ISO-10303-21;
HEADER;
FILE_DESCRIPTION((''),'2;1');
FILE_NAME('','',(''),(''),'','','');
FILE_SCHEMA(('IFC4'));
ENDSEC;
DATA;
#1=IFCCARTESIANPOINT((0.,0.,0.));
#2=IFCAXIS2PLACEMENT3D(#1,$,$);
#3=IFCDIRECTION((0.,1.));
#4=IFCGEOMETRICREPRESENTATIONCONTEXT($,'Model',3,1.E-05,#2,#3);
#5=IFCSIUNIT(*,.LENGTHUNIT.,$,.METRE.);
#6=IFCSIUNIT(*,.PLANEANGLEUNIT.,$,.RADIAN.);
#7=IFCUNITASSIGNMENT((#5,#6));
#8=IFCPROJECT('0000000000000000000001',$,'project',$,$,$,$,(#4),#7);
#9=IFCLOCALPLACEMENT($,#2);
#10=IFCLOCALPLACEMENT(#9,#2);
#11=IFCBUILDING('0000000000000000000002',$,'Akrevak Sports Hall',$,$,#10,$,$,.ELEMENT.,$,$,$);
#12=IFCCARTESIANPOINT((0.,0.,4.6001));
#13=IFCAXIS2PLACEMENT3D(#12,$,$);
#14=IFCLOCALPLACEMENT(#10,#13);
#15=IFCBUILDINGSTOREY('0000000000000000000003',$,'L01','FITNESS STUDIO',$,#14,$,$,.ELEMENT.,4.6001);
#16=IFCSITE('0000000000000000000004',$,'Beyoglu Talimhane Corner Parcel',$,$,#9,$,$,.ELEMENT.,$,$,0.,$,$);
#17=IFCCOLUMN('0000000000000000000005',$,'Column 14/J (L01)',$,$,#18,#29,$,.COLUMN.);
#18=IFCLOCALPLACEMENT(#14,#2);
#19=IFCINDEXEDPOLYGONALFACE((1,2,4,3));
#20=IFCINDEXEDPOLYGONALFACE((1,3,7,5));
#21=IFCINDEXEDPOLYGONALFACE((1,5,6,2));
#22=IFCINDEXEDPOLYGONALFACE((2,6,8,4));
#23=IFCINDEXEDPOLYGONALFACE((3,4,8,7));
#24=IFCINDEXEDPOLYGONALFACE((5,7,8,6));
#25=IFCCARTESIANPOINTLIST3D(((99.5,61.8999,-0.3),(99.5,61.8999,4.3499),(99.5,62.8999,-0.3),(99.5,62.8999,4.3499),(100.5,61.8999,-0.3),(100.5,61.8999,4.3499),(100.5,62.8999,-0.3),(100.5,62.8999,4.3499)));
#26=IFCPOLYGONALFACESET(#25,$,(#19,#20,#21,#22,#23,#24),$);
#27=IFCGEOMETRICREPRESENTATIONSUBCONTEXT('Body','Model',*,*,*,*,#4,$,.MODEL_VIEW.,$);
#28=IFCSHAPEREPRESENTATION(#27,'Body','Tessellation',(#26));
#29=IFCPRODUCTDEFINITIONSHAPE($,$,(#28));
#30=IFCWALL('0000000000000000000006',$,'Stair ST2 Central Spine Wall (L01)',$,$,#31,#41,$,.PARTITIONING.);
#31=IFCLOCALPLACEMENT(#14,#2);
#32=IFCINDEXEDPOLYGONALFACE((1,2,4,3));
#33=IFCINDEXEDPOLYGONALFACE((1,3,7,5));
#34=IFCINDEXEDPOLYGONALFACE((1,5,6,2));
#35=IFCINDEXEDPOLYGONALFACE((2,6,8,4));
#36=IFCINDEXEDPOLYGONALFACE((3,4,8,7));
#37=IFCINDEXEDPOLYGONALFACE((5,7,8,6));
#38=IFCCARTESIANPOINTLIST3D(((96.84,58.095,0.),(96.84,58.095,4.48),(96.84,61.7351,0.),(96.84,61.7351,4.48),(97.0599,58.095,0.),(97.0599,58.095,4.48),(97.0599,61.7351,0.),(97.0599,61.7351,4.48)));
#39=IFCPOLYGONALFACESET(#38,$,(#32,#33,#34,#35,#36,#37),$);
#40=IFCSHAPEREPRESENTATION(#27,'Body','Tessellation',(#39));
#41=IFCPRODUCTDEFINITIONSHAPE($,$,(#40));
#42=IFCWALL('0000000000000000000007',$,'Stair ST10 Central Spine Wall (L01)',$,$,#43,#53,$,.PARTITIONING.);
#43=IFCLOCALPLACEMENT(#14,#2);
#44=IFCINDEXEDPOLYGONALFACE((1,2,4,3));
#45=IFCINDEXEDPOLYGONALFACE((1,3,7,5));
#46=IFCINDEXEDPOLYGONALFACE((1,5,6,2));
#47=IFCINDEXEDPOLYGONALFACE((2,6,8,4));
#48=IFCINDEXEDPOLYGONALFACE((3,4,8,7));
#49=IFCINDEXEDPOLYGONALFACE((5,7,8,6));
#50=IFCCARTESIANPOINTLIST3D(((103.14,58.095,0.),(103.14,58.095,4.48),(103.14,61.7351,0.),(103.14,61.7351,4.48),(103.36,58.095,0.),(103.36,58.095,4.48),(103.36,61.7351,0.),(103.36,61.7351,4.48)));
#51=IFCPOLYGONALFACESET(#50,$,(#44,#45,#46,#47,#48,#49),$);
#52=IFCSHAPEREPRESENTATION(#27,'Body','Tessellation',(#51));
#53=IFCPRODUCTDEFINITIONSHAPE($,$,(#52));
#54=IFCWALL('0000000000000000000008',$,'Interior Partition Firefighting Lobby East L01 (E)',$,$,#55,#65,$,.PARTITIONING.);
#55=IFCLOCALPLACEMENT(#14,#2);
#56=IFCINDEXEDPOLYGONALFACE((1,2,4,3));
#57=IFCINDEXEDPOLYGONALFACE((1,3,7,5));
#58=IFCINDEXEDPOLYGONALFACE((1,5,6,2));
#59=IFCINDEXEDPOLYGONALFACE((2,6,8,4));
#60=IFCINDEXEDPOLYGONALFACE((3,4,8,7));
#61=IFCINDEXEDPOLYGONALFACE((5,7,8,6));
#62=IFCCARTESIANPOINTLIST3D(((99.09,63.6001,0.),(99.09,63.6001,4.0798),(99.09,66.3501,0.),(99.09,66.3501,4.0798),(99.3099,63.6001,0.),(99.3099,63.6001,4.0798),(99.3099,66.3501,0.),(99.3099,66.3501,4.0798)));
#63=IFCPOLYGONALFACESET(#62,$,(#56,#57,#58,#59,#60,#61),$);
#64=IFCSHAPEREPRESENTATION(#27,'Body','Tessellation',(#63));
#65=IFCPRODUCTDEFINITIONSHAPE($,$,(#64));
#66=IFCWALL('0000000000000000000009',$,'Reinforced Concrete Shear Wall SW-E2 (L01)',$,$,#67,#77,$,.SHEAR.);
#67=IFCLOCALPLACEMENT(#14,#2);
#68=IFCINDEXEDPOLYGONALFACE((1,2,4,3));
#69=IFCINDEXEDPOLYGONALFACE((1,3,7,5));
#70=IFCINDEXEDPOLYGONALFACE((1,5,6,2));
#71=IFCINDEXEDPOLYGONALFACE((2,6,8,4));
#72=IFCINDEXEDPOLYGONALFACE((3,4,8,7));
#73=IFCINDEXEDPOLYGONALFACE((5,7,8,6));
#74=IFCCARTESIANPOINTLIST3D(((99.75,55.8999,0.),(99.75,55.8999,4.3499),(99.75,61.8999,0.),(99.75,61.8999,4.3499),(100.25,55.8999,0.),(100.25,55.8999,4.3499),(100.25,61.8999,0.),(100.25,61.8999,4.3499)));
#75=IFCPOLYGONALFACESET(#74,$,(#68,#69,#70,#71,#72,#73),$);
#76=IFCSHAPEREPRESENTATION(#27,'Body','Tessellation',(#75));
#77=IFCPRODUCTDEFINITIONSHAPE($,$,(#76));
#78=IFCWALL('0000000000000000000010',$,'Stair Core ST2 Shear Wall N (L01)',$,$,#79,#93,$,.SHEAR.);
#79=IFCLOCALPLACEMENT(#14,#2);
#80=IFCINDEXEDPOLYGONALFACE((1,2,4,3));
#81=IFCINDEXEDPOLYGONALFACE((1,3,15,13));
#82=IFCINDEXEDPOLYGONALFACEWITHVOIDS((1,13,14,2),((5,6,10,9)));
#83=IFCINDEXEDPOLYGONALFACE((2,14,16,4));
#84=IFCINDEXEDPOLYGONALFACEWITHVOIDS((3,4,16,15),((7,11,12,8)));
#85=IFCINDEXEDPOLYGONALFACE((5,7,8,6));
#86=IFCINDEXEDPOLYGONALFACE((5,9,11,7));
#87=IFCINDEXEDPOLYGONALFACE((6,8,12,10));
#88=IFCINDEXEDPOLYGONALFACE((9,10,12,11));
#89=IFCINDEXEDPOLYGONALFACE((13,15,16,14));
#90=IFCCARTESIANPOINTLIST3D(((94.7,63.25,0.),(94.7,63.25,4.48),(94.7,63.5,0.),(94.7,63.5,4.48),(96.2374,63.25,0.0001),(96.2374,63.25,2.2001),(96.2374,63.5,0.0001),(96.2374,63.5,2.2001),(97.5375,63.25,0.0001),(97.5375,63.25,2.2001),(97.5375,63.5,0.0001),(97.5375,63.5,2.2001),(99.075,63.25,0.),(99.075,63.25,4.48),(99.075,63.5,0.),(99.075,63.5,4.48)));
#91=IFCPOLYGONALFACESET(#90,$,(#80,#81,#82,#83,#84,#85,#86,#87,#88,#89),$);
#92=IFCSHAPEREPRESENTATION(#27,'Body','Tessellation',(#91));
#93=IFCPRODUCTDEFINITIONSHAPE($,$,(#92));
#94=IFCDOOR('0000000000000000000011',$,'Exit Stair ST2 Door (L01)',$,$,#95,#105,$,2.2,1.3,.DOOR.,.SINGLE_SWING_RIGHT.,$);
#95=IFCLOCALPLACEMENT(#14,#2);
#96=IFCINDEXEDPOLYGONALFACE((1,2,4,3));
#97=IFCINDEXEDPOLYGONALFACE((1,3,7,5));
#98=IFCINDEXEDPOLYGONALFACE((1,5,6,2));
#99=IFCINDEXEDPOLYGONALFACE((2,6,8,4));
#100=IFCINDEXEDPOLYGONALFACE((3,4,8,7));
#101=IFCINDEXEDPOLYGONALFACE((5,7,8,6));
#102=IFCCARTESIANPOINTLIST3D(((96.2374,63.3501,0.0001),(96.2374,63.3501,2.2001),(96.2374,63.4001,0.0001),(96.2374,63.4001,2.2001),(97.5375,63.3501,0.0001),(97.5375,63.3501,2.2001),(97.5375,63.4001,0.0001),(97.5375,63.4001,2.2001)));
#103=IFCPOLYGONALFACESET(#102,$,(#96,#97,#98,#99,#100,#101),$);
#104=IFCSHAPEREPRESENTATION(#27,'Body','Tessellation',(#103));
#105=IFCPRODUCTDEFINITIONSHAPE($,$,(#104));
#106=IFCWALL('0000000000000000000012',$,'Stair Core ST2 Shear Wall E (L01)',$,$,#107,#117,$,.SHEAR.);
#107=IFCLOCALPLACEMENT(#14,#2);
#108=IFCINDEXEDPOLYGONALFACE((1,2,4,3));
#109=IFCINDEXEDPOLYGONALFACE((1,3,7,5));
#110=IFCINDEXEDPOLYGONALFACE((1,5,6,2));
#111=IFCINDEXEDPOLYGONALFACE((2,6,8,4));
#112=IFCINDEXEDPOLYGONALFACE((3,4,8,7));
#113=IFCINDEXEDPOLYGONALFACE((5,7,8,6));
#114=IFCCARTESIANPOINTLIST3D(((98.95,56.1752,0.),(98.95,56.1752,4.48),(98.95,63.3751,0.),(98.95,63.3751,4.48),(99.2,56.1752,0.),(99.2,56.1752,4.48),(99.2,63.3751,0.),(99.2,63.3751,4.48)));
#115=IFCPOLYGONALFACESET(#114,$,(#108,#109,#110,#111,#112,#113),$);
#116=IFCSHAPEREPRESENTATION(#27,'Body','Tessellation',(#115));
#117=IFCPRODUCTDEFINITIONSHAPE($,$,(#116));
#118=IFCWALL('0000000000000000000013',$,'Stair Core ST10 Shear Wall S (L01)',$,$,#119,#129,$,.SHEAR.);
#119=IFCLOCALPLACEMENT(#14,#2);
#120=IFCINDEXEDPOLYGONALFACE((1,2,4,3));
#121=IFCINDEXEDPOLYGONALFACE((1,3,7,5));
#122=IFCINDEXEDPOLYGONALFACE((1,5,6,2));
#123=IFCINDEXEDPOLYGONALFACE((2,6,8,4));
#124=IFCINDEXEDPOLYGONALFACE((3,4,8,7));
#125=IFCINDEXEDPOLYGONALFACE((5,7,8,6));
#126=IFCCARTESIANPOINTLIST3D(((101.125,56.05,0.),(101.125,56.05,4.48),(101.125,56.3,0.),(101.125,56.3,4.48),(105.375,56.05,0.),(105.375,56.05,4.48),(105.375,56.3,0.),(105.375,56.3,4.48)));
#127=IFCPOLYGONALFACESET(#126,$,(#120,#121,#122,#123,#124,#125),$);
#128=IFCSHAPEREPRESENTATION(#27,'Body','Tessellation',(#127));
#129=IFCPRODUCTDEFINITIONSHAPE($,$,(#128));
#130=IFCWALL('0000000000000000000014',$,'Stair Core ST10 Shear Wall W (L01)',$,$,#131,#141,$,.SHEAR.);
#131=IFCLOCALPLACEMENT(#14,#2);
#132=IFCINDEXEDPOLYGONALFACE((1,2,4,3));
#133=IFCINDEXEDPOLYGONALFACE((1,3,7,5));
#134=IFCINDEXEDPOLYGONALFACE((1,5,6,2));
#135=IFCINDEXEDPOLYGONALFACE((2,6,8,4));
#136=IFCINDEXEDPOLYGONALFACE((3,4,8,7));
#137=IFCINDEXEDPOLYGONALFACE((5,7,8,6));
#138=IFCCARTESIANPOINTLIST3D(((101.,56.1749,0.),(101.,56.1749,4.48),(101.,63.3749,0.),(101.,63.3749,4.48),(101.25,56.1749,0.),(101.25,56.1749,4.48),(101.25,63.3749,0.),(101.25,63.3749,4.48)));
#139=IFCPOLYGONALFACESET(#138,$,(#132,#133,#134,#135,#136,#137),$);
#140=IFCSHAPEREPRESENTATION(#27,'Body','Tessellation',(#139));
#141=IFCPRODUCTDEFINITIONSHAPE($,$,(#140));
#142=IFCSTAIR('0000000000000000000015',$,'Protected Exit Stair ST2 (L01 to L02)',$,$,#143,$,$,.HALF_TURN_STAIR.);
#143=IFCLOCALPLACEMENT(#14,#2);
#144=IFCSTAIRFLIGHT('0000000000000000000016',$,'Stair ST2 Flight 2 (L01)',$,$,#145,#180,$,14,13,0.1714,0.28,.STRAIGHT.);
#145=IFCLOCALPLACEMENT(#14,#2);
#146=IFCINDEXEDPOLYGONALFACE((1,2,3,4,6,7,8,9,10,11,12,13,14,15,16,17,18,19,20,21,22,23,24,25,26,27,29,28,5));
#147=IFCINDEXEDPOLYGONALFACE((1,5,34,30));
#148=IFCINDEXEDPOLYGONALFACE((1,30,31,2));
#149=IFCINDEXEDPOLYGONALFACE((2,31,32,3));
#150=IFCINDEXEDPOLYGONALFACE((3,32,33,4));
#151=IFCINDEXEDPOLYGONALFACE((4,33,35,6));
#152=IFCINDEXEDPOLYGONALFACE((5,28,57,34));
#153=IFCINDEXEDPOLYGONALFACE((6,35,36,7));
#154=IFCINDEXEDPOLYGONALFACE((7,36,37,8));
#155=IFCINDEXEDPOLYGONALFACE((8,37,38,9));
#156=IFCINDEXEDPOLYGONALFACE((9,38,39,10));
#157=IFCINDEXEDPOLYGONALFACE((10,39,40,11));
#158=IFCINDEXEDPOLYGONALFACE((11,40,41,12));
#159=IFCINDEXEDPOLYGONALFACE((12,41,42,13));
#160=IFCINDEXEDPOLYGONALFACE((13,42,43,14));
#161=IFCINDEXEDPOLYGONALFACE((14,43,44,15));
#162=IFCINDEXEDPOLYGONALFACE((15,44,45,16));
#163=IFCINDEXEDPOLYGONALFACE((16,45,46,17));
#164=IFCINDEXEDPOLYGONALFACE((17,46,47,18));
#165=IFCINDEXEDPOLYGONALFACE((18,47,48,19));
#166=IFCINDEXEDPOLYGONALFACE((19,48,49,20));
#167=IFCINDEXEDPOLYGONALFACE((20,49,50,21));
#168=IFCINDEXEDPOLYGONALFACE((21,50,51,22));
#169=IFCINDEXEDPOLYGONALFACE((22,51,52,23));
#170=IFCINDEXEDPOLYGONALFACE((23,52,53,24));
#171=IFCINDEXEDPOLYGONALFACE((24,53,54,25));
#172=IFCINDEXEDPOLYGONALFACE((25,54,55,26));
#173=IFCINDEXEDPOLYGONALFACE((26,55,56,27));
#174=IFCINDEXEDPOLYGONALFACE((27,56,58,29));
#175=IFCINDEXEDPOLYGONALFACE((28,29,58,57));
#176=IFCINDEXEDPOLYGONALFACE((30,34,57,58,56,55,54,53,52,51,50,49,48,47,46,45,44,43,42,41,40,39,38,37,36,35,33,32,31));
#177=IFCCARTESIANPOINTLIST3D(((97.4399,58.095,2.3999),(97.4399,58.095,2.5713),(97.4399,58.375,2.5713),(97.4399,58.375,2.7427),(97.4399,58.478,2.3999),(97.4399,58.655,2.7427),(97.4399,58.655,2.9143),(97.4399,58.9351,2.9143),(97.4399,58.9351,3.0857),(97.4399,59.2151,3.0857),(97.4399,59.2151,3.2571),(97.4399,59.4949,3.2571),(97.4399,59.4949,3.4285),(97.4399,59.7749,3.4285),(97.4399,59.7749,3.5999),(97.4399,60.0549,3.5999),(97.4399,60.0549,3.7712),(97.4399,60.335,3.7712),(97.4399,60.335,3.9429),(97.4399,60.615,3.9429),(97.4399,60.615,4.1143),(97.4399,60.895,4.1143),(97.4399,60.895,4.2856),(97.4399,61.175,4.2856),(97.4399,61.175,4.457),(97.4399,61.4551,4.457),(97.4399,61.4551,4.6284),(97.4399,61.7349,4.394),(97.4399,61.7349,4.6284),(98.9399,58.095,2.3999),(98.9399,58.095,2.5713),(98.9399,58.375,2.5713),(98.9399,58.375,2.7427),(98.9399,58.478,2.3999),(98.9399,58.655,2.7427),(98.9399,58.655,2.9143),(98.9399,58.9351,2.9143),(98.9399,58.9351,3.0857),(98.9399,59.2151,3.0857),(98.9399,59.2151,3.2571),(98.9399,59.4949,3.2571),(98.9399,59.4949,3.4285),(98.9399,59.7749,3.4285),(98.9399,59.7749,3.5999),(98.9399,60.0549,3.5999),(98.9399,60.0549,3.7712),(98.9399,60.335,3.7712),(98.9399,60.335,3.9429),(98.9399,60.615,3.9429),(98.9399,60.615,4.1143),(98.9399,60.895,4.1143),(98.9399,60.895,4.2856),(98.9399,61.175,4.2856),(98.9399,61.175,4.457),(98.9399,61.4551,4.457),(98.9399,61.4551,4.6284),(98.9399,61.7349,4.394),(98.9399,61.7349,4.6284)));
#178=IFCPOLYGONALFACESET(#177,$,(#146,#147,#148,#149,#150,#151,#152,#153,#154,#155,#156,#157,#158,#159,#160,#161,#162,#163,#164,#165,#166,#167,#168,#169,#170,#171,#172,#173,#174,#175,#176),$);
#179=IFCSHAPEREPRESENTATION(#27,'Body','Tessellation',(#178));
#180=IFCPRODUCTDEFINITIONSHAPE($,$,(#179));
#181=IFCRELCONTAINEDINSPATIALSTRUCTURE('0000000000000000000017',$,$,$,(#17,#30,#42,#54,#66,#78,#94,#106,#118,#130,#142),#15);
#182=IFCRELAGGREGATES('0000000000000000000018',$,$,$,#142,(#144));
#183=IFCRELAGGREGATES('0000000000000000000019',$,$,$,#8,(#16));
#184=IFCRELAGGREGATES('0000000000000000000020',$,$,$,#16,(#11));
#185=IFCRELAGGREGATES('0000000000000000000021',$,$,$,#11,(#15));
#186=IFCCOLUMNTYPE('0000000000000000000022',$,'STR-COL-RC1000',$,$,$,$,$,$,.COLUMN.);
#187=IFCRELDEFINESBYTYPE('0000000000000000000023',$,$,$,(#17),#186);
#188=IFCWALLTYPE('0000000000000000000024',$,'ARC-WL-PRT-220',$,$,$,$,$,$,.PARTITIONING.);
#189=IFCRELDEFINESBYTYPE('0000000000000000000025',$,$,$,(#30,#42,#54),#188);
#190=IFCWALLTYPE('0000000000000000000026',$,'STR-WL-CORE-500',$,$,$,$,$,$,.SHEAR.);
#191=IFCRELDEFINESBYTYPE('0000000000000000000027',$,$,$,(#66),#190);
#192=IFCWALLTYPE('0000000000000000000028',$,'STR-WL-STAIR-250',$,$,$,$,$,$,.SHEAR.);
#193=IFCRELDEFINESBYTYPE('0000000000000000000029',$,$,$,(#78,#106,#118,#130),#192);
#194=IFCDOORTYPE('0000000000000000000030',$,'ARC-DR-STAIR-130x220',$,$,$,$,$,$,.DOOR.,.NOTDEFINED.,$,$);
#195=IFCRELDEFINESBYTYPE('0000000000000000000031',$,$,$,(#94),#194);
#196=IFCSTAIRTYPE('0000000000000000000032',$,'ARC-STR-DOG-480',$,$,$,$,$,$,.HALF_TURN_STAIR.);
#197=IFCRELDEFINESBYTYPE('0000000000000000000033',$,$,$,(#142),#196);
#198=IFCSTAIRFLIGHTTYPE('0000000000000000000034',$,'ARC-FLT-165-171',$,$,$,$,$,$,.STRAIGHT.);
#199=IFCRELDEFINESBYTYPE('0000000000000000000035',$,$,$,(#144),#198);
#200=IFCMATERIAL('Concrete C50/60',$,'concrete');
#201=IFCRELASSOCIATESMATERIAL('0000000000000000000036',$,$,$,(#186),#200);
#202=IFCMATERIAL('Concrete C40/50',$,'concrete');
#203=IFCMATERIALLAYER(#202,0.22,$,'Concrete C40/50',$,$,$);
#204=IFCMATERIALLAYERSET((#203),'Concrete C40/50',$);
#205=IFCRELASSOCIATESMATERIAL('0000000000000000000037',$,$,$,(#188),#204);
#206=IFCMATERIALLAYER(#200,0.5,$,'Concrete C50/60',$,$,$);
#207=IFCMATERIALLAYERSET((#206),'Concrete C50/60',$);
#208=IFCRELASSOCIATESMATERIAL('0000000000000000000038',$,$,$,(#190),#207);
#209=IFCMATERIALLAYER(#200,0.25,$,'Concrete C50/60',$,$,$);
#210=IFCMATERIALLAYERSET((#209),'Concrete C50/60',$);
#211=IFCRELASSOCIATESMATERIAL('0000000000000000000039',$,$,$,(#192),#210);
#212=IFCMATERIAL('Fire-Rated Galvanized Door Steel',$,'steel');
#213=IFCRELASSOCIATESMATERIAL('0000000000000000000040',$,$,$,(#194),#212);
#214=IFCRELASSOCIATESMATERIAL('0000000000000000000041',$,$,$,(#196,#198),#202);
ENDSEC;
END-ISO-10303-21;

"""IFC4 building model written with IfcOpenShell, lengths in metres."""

from ifc_helpers import new_model, si_unit, direction, frame, frame_2d, origin, origin_2d, place, context, subcontext, project, spatial, polyline, rectangle, outline, extrude, material, layer, layer_set, material_profile, profile_set, type_object, element, fill, aggregate, save


model = new_model("IFC4")

# Units and contexts
model_context = context("Model", 3, precision=1e-05, world=origin(), true_north=direction((0.0, 1.0)))
body_context = subcontext(model_context, "Body", "Model", "MODEL_VIEW")
ifc_project = project(units=[si_unit("LENGTHUNIT", "METRE"), si_unit("PLANEANGLEUNIT", "RADIAN")], contexts=[model_context])

# Site, building, storey
site_placement = place(None, origin())
site = spatial("IfcSite", under=ifc_project, at=site_placement, Name="Beyoglu Talimhane Corner Parcel", CompositionType="ELEMENT", RefElevation=0.0)
building_placement = place(site_placement, origin())
building = spatial("IfcBuilding", under=site, at=building_placement, Name="Akrevak Sports Hall", CompositionType="ELEMENT")
storey_placement = place(building_placement, frame((0.0, 0.0, 4.6001)))
storey = spatial("IfcBuildingStorey", under=building, at=storey_placement, Name="L01", Description="FITNESS STUDIO", CompositionType="ELEMENT", Elevation=4.6001)

# Column
ifc_material_1 = material(Name="Concrete C50/60", Category="concrete")
ifc_material_profile = material_profile(ifc_material_1, rectangle(XDim=1.0, YDim=1.0, at=origin_2d()), Name="RC 1000x1000", Category="concrete")
ifc_profile_set = profile_set([ifc_material_profile], Name="Concrete C50/60")
column_type = type_object("IfcColumnType", Name="STR-COL-RC1000", PredefinedType="COLUMN", material=ifc_profile_set)
column_placement = place(storey_placement, frame((100.0, 62.3999, -0.3), z_axis=(0.0, 0.0, 1.0), x_axis=(1.0, 0.0, 0.0)))
element("IfcColumn", 1, at=column_placement, inside=storey, type_object=column_type, Name="Column 14/J (L01)", PredefinedType="COLUMN", context=body_context, shape_type="SweptSolid", body=[
    extrude(rectangle(XDim=1.0, YDim=1.0, at=origin_2d()), origin(), (0.0, 0.0, 1.0), 4.6499),
])

# Walls
ifc_material_2 = material(Name="Concrete C40/50", Category="concrete")
ifc_layer_1 = layer(ifc_material_2, 0.22, Name="Concrete C40/50")
ifc_layer_set_1 = layer_set([ifc_layer_1], Name="Concrete C40/50")
wall_type_1 = type_object("IfcWallType", Name="ARC-WL-PRT-220", PredefinedType="PARTITIONING", material=ifc_layer_set_1)
for number, where, z_axis, x_axis, name in (
    (2, (96.95, 58.095, 0.0), (0.0, 0.0, 1.0), (0.0, 1.0, 0.0), "Stair ST2 Central Spine Wall (L01)"),
    (3, (103.25, 58.095, 0.0), (0.0, 0.0, 1.0), (0.0, 1.0, 0.0), "Stair ST10 Central Spine Wall (L01)"),
):
    element("IfcWall", number, at=place(storey_placement, frame(where, z_axis=z_axis, x_axis=x_axis)), inside=storey, type_object=wall_type_1, Name=name, PredefinedType="PARTITIONING", context=body_context, shape_type="SweptSolid", body=[
        extrude(rectangle(XDim=3.6401, YDim=0.22, at=frame_2d((1.8201, 0.0))), origin(), (0.0, 0.0, 1.0), 4.48),
    ])
wall_1_placement = place(storey_placement, frame((99.2, 63.6001, 0.0), z_axis=(0.0, 0.0, 1.0), x_axis=(0.0, 1.0, 0.0)))
element("IfcWall", 4, at=wall_1_placement, inside=storey, type_object=wall_type_1, Name="Interior Partition Firefighting Lobby East L01 (E)", PredefinedType="PARTITIONING", context=body_context, shape_type="SweptSolid", body=[
    extrude(rectangle(XDim=2.75, YDim=0.22, at=frame_2d((1.375, 0.0))), origin(), (0.0, 0.0, 1.0), 4.0798),
])
ifc_layer_2 = layer(ifc_material_1, 0.5, Name="Concrete C50/60")
ifc_layer_set_2 = layer_set([ifc_layer_2], Name="Concrete C50/60")
wall_type_2 = type_object("IfcWallType", Name="STR-WL-CORE-500", PredefinedType="SHEAR", material=ifc_layer_set_2)
wall_2_placement = place(storey_placement, frame((100.0, 55.8999, 0.0), z_axis=(0.0, 0.0, 1.0), x_axis=(0.0, 1.0, 0.0)))
element("IfcWall", 5, at=wall_2_placement, inside=storey, type_object=wall_type_2, Name="Reinforced Concrete Shear Wall SW-E2 (L01)", PredefinedType="SHEAR", context=body_context, shape_type="SweptSolid", body=[
    extrude(rectangle(XDim=6.0, YDim=0.5, at=frame_2d((3.0, 0.0))), origin(), (0.0, 0.0, 1.0), 4.3499),
])

# Wall, opening, door
ifc_layer_3 = layer(ifc_material_1, 0.25, Name="Concrete C50/60")
ifc_layer_set_3 = layer_set([ifc_layer_3], Name="Concrete C50/60")
wall_type_3 = type_object("IfcWallType", Name="STR-WL-STAIR-250", PredefinedType="SHEAR", material=ifc_layer_set_3)
wall_3_placement = place(storey_placement, frame((99.075, 63.375, 0.0), z_axis=(0.0, 0.0, 1.0), x_axis=(-1.0, 0.0, 0.0)))
wall_3 = element("IfcWall", 6, at=wall_3_placement, inside=storey, type_object=wall_type_3, Name="Stair Core ST2 Shear Wall N (L01)", PredefinedType="SHEAR", context=body_context, shape_type="SweptSolid", body=[
    extrude(rectangle(XDim=4.375, YDim=0.25, at=frame_2d((2.1875, 0.0))), origin(), (0.0, 0.0, 1.0), 4.48),
])
opening_placement = place(wall_3_placement, frame((1.5376, 0.0, 0.0)))
opening = element("IfcOpeningElement", 7, at=opening_placement, cuts=wall_3, PredefinedType="OPENING", context=body_context, shape_type="SweptSolid", body=[
    extrude(rectangle(XDim=1.3, YDim=2.2, at=frame_2d((0.6499, 1.1001))), frame((0.0, 0.137, 0.0), z_axis=(0.0, -1.0, 0.0), x_axis=(1.0, 0.0, 0.0)), (0.0, 0.0, 1.0), 0.2739),
])
ifc_material_3 = material(Name="Fire-Rated Galvanized Door Steel", Category="steel")
door_type = type_object("IfcDoorType", Name="ARC-DR-STAIR-130x220", OperationType="NOTDEFINED", PredefinedType="DOOR", material=ifc_material_3)
door_placement = place(opening_placement, origin())
door = element("IfcDoor", 8, at=door_placement, inside=storey, type_object=door_type, Name="Exit Stair ST2 Door (L01)", OperationType="SINGLE_SWING_RIGHT", OverallHeight=2.2, OverallWidth=1.3, PredefinedType="DOOR", context=body_context, shape_type="SweptSolid", body=[
    extrude(rectangle(XDim=1.3, YDim=2.2, at=frame_2d((0.6499, 1.1001))), frame((0.0, 0.0249, 0.0), z_axis=(0.0, -1.0, 0.0), x_axis=(1.0, 0.0, 0.0)), (0.0, 0.0, 1.0), 0.05),
])
fill(opening, door)

# Walls
wall_4_placement = place(storey_placement, frame((99.075, 56.175, 0.0), z_axis=(0.0, 0.0, 1.0), x_axis=(0.0, 1.0, 0.0)))
element("IfcWall", 9, at=wall_4_placement, inside=storey, type_object=wall_type_3, Name="Stair Core ST2 Shear Wall E (L01)", PredefinedType="SHEAR", context=body_context, shape_type="SweptSolid", body=[
    extrude(rectangle(XDim=7.2, YDim=0.25, at=frame_2d((3.6001, 0.0))), origin(), (0.0, 0.0, 1.0), 4.48),
])
wall_5_placement = place(storey_placement, frame((101.125, 56.175, 0.0), z_axis=(0.0, 0.0, 1.0), x_axis=(1.0, 0.0, 0.0)))
element("IfcWall", 10, at=wall_5_placement, inside=storey, type_object=wall_type_3, Name="Stair Core ST10 Shear Wall S (L01)", PredefinedType="SHEAR", context=body_context, shape_type="SweptSolid", body=[
    extrude(rectangle(XDim=4.25, YDim=0.25, at=frame_2d((2.125, 0.0))), origin(), (0.0, 0.0, 1.0), 4.48),
])
wall_6_placement = place(storey_placement, frame((101.125, 63.375, 0.0), z_axis=(0.0, 0.0, 1.0), x_axis=(0.0, -1.0, 0.0)))
element("IfcWall", 11, at=wall_6_placement, inside=storey, type_object=wall_type_3, Name="Stair Core ST10 Shear Wall W (L01)", PredefinedType="SHEAR", context=body_context, shape_type="SweptSolid", body=[
    extrude(rectangle(XDim=7.2, YDim=0.25, at=frame_2d((3.6001, 0.0))), origin(), (0.0, 0.0, 1.0), 4.48),
])

# Stair, stair flight
stair_type = type_object("IfcStairType", Name="ARC-STR-DOG-480", PredefinedType="HALF_TURN_STAIR", material=ifc_material_2)
stair_1_placement = place(storey_placement, origin())
stair_1 = element("IfcStair", 12, at=stair_1_placement, inside=storey, type_object=stair_type, Name="Protected Exit Stair ST2 (L01 to L02)", PredefinedType="HALF_TURN_STAIR")
stair_flight_type = type_object("IfcStairFlightType", Name="ARC-FLT-165-171", PredefinedType="STRAIGHT", material=ifc_material_2)
stair_flight_1_placement = place(storey_placement, frame((98.1899, 58.095, 2.3999), z_axis=(0.0, 0.0, 1.0), x_axis=(0.0, 1.0, 0.0)))
stair_flight_1 = element("IfcStairFlight", 13, at=stair_flight_1_placement, type_object=stair_flight_type, Name="Stair ST2 Flight 2 (L01)", NumberOfRisers=14, NumberOfTreads=13, PredefinedType="STRAIGHT", RiserHeight=0.1714, TreadLength=0.28, context=body_context, shape_type="SweptSolid", body=[
    extrude(outline(polyline([(0.0, 0.0), (0.0, 0.1714), (0.28, 0.1714), (0.28, 0.3428), (0.5601, 0.3428), (0.5601, 0.5144), (0.8401, 0.5144), (0.8401, 0.6858), (1.1201, 0.6858), (1.1201, 0.8572), (1.3999, 0.8572), (1.3999, 1.0286), (1.6799, 1.0286), (1.6799, 1.2), (1.96, 1.2), (1.96, 1.3713), (2.24, 1.3713), (2.24, 1.543), (2.52, 1.543), (2.52, 1.7144), (2.8, 1.7144), (2.8, 1.8857), (3.0801, 1.8857), (3.0801, 2.0571), (3.3601, 2.0571), (3.3601, 2.2285), (3.6399, 2.2285), (3.6399, 2.3999), (3.6399, 1.9941), (0.3831, 0.0), (0.0, 0.0)])), frame((0.0, 0.75, 0.0), z_axis=(0.0, -1.0, 0.0), x_axis=(1.0, 0.0, 0.0)), (0.0, 0.0, 1.0), 1.5),
])
aggregate(stair_1, [stair_flight_1])

save(model, "model.ifc")
